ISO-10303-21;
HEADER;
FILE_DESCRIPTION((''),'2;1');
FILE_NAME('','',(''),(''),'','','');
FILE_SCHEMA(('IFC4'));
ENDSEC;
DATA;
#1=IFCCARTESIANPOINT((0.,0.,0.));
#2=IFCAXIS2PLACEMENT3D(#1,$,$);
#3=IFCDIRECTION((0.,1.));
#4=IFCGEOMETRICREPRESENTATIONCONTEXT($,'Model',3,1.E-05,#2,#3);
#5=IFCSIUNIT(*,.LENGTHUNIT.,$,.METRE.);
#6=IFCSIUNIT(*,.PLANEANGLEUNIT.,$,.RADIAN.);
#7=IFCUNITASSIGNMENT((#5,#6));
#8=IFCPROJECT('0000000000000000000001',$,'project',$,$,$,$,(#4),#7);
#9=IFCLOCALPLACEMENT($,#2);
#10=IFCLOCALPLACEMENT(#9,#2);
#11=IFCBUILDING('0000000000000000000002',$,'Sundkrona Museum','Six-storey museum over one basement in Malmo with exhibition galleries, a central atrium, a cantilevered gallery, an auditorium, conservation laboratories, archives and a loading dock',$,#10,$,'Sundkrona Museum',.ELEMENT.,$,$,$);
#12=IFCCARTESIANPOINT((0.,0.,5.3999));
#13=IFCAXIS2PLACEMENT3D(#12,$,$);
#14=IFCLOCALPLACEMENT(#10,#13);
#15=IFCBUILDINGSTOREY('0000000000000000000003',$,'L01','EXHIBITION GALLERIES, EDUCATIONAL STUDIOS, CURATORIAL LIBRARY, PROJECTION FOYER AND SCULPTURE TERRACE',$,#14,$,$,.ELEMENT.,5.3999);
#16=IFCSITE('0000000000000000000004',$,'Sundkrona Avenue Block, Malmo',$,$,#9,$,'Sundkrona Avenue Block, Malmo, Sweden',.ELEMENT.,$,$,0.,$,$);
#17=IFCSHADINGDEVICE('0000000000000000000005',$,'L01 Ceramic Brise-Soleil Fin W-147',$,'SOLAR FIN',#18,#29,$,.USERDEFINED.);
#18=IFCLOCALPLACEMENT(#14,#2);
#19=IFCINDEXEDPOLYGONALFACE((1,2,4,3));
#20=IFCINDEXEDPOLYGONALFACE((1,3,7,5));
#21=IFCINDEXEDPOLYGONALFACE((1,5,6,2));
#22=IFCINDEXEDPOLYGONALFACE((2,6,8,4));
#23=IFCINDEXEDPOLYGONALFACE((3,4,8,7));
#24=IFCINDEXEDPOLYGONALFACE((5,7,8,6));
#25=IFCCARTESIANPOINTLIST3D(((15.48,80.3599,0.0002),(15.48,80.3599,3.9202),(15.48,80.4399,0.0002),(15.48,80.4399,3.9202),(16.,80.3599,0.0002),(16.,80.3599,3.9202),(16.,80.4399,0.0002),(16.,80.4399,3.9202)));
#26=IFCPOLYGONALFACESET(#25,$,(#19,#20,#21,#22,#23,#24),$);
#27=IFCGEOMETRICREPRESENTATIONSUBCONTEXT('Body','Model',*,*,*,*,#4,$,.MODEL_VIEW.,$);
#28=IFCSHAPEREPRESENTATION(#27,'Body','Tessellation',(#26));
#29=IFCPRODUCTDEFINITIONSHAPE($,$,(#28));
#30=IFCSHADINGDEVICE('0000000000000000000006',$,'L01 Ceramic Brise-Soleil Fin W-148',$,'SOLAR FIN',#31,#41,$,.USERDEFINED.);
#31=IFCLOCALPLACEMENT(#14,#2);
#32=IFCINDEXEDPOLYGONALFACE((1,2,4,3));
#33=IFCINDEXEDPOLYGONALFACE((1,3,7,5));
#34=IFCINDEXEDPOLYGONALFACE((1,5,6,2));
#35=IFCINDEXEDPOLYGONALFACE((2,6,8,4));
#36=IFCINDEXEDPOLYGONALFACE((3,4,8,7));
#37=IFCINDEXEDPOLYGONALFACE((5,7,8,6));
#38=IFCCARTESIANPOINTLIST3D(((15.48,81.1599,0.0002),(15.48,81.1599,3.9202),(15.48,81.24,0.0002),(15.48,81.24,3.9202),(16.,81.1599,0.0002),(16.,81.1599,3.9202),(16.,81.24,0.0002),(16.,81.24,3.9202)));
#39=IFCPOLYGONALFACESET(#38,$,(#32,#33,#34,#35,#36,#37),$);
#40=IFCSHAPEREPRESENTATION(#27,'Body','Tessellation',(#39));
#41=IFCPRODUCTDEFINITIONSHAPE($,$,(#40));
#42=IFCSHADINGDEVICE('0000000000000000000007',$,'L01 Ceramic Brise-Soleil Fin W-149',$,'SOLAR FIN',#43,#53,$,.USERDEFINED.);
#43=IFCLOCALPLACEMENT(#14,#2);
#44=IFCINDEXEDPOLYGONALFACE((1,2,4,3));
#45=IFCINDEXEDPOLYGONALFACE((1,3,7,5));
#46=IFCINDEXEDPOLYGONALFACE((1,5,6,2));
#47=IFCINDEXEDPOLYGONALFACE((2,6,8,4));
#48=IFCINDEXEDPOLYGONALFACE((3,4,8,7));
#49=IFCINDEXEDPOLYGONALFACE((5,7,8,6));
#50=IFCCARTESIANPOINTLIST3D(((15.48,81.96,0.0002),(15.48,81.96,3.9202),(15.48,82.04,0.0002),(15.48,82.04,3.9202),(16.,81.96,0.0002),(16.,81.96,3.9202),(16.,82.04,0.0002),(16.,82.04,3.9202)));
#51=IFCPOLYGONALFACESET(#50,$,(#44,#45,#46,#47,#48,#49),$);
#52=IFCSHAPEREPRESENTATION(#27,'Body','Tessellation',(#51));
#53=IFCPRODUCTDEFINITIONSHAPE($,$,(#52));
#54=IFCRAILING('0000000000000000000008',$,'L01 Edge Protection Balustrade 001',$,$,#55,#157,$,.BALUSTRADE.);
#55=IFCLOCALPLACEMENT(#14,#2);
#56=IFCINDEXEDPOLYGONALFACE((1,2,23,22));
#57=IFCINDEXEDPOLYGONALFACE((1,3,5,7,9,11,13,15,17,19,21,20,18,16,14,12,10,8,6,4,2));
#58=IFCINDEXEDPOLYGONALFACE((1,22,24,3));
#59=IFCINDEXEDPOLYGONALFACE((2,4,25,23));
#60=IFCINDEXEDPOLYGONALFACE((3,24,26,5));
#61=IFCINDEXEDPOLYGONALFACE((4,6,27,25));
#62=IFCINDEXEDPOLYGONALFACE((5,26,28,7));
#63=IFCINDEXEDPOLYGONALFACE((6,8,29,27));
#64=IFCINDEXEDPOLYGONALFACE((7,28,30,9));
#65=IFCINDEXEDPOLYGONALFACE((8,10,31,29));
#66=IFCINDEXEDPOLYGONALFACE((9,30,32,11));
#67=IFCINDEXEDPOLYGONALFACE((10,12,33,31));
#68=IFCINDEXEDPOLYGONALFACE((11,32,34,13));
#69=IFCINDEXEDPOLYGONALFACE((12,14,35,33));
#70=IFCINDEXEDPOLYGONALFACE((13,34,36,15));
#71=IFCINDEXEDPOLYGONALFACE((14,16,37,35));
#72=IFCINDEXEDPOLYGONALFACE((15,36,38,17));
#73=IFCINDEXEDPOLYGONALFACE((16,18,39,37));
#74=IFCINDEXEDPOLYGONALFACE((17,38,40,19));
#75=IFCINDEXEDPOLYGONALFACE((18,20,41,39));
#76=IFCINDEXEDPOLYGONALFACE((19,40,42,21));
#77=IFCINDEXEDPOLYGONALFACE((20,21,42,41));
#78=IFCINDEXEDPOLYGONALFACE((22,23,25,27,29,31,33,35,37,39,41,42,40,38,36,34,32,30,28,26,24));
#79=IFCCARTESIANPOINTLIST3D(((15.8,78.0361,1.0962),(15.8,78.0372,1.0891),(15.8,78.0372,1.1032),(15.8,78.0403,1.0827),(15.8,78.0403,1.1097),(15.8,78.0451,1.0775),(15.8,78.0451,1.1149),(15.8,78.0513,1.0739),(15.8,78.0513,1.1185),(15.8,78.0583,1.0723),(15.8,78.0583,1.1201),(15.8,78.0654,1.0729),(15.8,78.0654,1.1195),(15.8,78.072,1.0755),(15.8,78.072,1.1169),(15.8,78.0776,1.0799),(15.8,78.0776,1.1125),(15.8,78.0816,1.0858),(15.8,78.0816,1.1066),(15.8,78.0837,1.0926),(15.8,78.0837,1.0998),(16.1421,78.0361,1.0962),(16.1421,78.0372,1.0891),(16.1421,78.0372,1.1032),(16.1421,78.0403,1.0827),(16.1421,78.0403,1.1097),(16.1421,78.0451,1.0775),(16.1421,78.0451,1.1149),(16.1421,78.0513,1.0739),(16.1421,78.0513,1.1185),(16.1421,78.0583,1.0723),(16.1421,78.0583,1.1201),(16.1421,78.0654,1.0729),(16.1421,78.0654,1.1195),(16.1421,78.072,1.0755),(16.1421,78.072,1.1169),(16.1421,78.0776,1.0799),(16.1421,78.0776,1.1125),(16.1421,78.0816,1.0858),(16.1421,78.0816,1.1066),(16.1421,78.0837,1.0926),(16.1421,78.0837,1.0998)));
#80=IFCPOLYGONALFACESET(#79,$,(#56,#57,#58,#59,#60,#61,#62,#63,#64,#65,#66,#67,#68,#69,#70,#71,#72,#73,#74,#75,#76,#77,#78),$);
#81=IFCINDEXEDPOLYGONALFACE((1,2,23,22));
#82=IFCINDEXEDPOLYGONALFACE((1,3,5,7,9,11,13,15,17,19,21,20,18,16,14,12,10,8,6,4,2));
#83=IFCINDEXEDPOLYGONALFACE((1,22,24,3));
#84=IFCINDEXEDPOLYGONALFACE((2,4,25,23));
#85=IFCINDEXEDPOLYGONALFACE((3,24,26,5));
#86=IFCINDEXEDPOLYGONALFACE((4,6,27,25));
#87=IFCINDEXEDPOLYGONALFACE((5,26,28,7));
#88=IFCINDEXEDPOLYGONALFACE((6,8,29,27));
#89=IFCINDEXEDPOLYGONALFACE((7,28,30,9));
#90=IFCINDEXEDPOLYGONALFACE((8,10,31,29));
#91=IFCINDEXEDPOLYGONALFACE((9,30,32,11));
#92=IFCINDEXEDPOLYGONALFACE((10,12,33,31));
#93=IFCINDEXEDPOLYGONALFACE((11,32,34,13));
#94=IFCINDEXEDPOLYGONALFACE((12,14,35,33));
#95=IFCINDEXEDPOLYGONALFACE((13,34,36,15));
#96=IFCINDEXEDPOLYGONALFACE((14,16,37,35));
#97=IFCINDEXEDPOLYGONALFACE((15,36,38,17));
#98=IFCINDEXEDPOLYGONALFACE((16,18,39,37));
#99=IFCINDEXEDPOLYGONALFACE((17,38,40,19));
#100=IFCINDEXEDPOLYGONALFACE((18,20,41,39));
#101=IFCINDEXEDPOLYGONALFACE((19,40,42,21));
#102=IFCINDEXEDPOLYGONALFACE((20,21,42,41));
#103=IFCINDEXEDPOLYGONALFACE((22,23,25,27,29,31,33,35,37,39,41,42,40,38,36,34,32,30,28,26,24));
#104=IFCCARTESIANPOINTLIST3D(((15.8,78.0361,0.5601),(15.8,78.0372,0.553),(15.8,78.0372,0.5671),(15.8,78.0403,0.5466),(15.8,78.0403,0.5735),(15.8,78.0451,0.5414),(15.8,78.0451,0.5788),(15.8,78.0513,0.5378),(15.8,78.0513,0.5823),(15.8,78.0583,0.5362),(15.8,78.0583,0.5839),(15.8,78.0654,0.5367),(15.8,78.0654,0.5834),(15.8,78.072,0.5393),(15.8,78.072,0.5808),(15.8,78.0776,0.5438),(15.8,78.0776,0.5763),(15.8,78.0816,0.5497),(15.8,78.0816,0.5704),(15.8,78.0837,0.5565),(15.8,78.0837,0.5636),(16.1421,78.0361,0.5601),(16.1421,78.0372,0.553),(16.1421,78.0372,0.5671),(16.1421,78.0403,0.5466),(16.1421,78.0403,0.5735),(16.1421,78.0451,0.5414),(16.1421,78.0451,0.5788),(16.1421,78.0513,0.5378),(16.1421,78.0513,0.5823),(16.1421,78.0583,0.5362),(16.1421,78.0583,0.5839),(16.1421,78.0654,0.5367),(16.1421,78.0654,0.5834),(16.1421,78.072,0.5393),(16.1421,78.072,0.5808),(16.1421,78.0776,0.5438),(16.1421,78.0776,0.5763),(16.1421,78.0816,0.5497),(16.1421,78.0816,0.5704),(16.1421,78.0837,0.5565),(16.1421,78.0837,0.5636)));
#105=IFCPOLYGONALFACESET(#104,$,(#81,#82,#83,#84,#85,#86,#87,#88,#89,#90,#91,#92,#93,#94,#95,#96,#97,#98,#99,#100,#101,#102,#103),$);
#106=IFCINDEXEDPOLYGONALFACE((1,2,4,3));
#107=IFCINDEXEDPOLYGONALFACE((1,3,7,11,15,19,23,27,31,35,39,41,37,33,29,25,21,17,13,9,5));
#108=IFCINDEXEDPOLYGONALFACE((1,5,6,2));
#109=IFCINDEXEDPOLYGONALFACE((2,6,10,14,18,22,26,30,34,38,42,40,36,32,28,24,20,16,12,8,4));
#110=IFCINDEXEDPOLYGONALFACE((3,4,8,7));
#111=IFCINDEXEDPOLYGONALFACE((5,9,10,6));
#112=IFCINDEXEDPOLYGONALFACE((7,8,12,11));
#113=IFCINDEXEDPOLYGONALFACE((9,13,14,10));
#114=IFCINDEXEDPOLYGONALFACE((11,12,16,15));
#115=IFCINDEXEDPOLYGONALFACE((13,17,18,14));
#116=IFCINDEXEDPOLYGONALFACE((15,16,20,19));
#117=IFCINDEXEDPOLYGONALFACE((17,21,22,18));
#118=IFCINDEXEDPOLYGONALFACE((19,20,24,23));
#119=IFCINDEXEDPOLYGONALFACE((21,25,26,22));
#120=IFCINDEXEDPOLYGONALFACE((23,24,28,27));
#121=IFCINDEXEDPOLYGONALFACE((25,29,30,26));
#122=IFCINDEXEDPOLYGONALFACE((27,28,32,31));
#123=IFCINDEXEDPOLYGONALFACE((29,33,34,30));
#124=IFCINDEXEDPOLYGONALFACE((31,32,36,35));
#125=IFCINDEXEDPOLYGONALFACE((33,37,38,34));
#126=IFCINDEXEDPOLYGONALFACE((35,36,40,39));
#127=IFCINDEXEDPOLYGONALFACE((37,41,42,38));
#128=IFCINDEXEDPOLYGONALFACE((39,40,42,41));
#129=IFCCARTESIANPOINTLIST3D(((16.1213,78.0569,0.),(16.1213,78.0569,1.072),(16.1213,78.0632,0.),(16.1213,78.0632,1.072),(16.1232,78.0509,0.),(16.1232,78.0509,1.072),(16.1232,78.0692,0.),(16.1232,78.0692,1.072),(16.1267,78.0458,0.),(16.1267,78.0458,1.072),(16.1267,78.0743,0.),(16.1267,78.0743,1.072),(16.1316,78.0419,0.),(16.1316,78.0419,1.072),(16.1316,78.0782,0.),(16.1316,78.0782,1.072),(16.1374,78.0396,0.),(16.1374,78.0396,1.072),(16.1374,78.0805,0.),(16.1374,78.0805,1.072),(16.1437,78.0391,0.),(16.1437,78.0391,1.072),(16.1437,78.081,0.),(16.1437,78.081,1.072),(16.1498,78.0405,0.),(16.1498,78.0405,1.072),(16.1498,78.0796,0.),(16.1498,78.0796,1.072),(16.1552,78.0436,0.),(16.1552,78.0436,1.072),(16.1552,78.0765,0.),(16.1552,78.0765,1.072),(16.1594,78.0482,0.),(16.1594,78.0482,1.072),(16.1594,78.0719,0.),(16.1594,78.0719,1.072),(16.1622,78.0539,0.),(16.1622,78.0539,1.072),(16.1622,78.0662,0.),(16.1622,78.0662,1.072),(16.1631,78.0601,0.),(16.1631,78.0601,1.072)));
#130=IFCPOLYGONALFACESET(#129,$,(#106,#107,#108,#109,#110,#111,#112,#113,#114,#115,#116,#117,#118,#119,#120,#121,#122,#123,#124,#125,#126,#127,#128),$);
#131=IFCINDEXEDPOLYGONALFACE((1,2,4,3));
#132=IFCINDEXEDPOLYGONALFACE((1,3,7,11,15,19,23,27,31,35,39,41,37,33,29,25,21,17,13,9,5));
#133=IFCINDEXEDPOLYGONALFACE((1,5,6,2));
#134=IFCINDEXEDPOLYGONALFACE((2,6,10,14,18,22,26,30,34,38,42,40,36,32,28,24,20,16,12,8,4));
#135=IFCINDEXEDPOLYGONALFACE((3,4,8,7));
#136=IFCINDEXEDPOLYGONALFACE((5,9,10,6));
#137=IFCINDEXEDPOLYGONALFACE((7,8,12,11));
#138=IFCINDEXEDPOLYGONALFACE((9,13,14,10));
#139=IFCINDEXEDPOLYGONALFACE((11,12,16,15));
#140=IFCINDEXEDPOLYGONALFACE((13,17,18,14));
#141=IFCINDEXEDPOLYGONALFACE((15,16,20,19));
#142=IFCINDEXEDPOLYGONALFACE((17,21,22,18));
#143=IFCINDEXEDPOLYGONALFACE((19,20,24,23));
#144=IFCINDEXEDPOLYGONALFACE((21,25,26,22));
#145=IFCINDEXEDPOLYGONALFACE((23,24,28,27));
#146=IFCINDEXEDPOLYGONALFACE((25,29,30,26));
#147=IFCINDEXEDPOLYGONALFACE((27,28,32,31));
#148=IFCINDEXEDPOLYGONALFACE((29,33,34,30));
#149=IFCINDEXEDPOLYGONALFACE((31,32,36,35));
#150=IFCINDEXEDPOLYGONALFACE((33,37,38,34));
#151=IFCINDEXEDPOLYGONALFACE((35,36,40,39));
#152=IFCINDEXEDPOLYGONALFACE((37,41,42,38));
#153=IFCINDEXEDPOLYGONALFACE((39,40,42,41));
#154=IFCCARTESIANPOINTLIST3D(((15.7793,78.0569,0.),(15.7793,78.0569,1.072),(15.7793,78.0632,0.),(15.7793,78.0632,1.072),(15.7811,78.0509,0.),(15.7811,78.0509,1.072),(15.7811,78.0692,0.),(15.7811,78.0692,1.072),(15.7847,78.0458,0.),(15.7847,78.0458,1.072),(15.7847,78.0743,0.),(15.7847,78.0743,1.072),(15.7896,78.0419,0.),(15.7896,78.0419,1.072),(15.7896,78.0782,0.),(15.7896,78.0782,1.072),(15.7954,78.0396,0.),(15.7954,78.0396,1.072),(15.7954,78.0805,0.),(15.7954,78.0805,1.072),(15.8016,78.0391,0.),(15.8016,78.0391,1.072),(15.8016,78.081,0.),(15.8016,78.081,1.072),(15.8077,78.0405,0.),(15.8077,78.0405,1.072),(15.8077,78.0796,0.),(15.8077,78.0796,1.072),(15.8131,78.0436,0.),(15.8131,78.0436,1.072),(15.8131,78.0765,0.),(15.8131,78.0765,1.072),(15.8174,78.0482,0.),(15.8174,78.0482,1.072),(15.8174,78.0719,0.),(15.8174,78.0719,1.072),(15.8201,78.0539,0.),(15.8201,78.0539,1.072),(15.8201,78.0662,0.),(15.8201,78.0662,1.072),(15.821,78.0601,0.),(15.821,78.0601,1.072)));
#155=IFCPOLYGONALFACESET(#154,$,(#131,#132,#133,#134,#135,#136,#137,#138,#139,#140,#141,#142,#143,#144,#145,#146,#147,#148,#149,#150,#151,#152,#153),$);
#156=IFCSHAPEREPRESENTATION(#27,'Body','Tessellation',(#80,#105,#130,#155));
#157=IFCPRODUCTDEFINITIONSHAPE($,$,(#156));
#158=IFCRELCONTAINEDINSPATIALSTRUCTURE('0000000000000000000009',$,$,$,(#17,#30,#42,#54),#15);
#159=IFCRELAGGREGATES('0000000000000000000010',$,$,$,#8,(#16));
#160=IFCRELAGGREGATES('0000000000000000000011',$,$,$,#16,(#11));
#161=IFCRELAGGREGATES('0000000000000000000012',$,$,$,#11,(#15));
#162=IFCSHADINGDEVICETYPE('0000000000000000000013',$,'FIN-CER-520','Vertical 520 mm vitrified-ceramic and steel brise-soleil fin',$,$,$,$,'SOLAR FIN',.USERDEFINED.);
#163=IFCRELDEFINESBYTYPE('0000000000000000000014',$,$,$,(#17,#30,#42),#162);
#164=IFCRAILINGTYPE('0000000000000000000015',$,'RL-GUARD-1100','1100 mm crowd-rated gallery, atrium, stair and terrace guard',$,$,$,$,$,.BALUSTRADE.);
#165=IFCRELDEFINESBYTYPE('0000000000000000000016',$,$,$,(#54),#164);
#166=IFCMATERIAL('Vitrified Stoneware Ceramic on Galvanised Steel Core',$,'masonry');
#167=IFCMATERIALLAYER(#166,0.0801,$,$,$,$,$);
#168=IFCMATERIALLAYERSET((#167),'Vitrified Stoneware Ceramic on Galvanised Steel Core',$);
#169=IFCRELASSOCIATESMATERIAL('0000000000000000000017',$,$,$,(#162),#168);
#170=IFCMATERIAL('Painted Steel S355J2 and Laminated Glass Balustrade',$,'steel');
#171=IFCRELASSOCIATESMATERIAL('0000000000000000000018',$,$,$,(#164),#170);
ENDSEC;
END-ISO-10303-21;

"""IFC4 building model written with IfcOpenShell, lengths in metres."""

from ifc_helpers import new_model, si_unit, direction, frame, origin, origin_2d, place, context, subcontext, project, spatial, rectangle, circle, extrude, material, layer, layer_set, type_object, element, save


model = new_model("IFC4")

# Units and contexts
model_context = context("Model", 3, precision=1e-05, world=origin(), true_north=direction((0.0, 1.0)))
body_context = subcontext(model_context, "Body", "Model", "MODEL_VIEW")
ifc_project = project(units=[si_unit("LENGTHUNIT", "METRE"), si_unit("PLANEANGLEUNIT", "RADIAN")], contexts=[model_context])

# Site, building, storey
site_placement = place(None, origin())
site = spatial("IfcSite", under=ifc_project, at=site_placement, Name="Sundkrona Avenue Block, Malmo", LongName="Sundkrona Avenue Block, Malmo, Sweden", CompositionType="ELEMENT", RefElevation=0.0)
building_placement = place(site_placement, origin())
building = spatial("IfcBuilding", under=site, at=building_placement, Name="Sundkrona Museum", Description="Six-storey museum over one basement in Malmo with exhibition galleries, a central atrium, a cantilevered gallery, an auditorium, conservation laboratories, archives and a loading dock", LongName="Sundkrona Museum", CompositionType="ELEMENT")
storey_placement = place(building_placement, frame((0.0, 0.0, 5.3999)))
storey = spatial("IfcBuildingStorey", under=building, at=storey_placement, Name="L01", Description="EXHIBITION GALLERIES, EDUCATIONAL STUDIOS, CURATORIAL LIBRARY, PROJECTION FOYER AND SCULPTURE TERRACE", CompositionType="ELEMENT", Elevation=5.3999)

# Shading devices
ifc_material_1 = material(Name="Vitrified Stoneware Ceramic on Galvanised Steel Core", Category="masonry")
ifc_layer_1 = layer(ifc_material_1, 0.0801)
ifc_layer_set_1 = layer_set([ifc_layer_1], Name="Vitrified Stoneware Ceramic on Galvanised Steel Core")
shading_device_type = type_object("IfcShadingDeviceType", Name="FIN-CER-520", Description="Vertical 520 mm vitrified-ceramic and steel brise-soleil fin", ElementType="SOLAR FIN", PredefinedType="USERDEFINED", material=ifc_layer_set_1)
for number, where, z_axis, x_axis, name in (
    (1, (15.74, 80.3999, 0.0002), (0.0, 0.0, 1.0), (1.0, 0.0, 0.0), "L01 Ceramic Brise-Soleil Fin W-147"),
    (2, (15.74, 81.2, 0.0002), (0.0, 0.0, 1.0), (1.0, 0.0, 0.0), "L01 Ceramic Brise-Soleil Fin W-148"),
    (3, (15.74, 82.0, 0.0002), (0.0, 0.0, 1.0), (1.0, 0.0, 0.0), "L01 Ceramic Brise-Soleil Fin W-149"),
):
    element("IfcShadingDevice", number, at=place(storey_placement, frame(where, z_axis=z_axis, x_axis=x_axis)), inside=storey, type_object=shading_device_type, Name=name, ObjectType="SOLAR FIN", PredefinedType="USERDEFINED", context=body_context, shape_type="SweptSolid", body=[
        extrude(rectangle(XDim=0.52, YDim=0.0801, at=origin_2d()), origin(), (0.0, 0.0, 1.0), 3.9199),
    ])

# Railing
ifc_material_2 = material(Name="Painted Steel S355J2 and Laminated Glass Balustrade", Category="steel")
railing_type = type_object("IfcRailingType", Name="RL-GUARD-1100", Description="1100 mm crowd-rated gallery, atrium, stair and terrace guard", PredefinedType="BALUSTRADE", material=ifc_material_2)
railing_1_placement = place(storey_placement, frame((16.1421, 78.0601, 0.0)))
element("IfcRailing", 4, at=railing_1_placement, inside=storey, type_object=railing_type, Name="L01 Edge Protection Balustrade 001", PredefinedType="BALUSTRADE", context=body_context, shape_type="SweptSolid", body=[
    extrude(circle(Radius=0.0239, at=origin_2d()), frame((0.0, 0.0, 1.0962), z_axis=(-1.0, 0.0, 0.0), x_axis=(0.0, -1.0, 0.0)), (0.0, 0.0, 1.0), 0.342),
    extrude(circle(Radius=0.0239, at=origin_2d()), frame((0.0, 0.0, 0.5601), z_axis=(-1.0, 0.0, 0.0), x_axis=(0.0, -1.0, 0.0)), (0.0, 0.0, 1.0), 0.342),
    extrude(circle(Radius=0.021, at=origin_2d()), origin(), (0.0, 0.0, 1.0), 1.072),
    extrude(circle(Radius=0.021, at=origin_2d()), frame((-0.342, 0.0, 0.0)), (0.0, 0.0, 1.0), 1.072),
])

save(model, "model.ifc")
